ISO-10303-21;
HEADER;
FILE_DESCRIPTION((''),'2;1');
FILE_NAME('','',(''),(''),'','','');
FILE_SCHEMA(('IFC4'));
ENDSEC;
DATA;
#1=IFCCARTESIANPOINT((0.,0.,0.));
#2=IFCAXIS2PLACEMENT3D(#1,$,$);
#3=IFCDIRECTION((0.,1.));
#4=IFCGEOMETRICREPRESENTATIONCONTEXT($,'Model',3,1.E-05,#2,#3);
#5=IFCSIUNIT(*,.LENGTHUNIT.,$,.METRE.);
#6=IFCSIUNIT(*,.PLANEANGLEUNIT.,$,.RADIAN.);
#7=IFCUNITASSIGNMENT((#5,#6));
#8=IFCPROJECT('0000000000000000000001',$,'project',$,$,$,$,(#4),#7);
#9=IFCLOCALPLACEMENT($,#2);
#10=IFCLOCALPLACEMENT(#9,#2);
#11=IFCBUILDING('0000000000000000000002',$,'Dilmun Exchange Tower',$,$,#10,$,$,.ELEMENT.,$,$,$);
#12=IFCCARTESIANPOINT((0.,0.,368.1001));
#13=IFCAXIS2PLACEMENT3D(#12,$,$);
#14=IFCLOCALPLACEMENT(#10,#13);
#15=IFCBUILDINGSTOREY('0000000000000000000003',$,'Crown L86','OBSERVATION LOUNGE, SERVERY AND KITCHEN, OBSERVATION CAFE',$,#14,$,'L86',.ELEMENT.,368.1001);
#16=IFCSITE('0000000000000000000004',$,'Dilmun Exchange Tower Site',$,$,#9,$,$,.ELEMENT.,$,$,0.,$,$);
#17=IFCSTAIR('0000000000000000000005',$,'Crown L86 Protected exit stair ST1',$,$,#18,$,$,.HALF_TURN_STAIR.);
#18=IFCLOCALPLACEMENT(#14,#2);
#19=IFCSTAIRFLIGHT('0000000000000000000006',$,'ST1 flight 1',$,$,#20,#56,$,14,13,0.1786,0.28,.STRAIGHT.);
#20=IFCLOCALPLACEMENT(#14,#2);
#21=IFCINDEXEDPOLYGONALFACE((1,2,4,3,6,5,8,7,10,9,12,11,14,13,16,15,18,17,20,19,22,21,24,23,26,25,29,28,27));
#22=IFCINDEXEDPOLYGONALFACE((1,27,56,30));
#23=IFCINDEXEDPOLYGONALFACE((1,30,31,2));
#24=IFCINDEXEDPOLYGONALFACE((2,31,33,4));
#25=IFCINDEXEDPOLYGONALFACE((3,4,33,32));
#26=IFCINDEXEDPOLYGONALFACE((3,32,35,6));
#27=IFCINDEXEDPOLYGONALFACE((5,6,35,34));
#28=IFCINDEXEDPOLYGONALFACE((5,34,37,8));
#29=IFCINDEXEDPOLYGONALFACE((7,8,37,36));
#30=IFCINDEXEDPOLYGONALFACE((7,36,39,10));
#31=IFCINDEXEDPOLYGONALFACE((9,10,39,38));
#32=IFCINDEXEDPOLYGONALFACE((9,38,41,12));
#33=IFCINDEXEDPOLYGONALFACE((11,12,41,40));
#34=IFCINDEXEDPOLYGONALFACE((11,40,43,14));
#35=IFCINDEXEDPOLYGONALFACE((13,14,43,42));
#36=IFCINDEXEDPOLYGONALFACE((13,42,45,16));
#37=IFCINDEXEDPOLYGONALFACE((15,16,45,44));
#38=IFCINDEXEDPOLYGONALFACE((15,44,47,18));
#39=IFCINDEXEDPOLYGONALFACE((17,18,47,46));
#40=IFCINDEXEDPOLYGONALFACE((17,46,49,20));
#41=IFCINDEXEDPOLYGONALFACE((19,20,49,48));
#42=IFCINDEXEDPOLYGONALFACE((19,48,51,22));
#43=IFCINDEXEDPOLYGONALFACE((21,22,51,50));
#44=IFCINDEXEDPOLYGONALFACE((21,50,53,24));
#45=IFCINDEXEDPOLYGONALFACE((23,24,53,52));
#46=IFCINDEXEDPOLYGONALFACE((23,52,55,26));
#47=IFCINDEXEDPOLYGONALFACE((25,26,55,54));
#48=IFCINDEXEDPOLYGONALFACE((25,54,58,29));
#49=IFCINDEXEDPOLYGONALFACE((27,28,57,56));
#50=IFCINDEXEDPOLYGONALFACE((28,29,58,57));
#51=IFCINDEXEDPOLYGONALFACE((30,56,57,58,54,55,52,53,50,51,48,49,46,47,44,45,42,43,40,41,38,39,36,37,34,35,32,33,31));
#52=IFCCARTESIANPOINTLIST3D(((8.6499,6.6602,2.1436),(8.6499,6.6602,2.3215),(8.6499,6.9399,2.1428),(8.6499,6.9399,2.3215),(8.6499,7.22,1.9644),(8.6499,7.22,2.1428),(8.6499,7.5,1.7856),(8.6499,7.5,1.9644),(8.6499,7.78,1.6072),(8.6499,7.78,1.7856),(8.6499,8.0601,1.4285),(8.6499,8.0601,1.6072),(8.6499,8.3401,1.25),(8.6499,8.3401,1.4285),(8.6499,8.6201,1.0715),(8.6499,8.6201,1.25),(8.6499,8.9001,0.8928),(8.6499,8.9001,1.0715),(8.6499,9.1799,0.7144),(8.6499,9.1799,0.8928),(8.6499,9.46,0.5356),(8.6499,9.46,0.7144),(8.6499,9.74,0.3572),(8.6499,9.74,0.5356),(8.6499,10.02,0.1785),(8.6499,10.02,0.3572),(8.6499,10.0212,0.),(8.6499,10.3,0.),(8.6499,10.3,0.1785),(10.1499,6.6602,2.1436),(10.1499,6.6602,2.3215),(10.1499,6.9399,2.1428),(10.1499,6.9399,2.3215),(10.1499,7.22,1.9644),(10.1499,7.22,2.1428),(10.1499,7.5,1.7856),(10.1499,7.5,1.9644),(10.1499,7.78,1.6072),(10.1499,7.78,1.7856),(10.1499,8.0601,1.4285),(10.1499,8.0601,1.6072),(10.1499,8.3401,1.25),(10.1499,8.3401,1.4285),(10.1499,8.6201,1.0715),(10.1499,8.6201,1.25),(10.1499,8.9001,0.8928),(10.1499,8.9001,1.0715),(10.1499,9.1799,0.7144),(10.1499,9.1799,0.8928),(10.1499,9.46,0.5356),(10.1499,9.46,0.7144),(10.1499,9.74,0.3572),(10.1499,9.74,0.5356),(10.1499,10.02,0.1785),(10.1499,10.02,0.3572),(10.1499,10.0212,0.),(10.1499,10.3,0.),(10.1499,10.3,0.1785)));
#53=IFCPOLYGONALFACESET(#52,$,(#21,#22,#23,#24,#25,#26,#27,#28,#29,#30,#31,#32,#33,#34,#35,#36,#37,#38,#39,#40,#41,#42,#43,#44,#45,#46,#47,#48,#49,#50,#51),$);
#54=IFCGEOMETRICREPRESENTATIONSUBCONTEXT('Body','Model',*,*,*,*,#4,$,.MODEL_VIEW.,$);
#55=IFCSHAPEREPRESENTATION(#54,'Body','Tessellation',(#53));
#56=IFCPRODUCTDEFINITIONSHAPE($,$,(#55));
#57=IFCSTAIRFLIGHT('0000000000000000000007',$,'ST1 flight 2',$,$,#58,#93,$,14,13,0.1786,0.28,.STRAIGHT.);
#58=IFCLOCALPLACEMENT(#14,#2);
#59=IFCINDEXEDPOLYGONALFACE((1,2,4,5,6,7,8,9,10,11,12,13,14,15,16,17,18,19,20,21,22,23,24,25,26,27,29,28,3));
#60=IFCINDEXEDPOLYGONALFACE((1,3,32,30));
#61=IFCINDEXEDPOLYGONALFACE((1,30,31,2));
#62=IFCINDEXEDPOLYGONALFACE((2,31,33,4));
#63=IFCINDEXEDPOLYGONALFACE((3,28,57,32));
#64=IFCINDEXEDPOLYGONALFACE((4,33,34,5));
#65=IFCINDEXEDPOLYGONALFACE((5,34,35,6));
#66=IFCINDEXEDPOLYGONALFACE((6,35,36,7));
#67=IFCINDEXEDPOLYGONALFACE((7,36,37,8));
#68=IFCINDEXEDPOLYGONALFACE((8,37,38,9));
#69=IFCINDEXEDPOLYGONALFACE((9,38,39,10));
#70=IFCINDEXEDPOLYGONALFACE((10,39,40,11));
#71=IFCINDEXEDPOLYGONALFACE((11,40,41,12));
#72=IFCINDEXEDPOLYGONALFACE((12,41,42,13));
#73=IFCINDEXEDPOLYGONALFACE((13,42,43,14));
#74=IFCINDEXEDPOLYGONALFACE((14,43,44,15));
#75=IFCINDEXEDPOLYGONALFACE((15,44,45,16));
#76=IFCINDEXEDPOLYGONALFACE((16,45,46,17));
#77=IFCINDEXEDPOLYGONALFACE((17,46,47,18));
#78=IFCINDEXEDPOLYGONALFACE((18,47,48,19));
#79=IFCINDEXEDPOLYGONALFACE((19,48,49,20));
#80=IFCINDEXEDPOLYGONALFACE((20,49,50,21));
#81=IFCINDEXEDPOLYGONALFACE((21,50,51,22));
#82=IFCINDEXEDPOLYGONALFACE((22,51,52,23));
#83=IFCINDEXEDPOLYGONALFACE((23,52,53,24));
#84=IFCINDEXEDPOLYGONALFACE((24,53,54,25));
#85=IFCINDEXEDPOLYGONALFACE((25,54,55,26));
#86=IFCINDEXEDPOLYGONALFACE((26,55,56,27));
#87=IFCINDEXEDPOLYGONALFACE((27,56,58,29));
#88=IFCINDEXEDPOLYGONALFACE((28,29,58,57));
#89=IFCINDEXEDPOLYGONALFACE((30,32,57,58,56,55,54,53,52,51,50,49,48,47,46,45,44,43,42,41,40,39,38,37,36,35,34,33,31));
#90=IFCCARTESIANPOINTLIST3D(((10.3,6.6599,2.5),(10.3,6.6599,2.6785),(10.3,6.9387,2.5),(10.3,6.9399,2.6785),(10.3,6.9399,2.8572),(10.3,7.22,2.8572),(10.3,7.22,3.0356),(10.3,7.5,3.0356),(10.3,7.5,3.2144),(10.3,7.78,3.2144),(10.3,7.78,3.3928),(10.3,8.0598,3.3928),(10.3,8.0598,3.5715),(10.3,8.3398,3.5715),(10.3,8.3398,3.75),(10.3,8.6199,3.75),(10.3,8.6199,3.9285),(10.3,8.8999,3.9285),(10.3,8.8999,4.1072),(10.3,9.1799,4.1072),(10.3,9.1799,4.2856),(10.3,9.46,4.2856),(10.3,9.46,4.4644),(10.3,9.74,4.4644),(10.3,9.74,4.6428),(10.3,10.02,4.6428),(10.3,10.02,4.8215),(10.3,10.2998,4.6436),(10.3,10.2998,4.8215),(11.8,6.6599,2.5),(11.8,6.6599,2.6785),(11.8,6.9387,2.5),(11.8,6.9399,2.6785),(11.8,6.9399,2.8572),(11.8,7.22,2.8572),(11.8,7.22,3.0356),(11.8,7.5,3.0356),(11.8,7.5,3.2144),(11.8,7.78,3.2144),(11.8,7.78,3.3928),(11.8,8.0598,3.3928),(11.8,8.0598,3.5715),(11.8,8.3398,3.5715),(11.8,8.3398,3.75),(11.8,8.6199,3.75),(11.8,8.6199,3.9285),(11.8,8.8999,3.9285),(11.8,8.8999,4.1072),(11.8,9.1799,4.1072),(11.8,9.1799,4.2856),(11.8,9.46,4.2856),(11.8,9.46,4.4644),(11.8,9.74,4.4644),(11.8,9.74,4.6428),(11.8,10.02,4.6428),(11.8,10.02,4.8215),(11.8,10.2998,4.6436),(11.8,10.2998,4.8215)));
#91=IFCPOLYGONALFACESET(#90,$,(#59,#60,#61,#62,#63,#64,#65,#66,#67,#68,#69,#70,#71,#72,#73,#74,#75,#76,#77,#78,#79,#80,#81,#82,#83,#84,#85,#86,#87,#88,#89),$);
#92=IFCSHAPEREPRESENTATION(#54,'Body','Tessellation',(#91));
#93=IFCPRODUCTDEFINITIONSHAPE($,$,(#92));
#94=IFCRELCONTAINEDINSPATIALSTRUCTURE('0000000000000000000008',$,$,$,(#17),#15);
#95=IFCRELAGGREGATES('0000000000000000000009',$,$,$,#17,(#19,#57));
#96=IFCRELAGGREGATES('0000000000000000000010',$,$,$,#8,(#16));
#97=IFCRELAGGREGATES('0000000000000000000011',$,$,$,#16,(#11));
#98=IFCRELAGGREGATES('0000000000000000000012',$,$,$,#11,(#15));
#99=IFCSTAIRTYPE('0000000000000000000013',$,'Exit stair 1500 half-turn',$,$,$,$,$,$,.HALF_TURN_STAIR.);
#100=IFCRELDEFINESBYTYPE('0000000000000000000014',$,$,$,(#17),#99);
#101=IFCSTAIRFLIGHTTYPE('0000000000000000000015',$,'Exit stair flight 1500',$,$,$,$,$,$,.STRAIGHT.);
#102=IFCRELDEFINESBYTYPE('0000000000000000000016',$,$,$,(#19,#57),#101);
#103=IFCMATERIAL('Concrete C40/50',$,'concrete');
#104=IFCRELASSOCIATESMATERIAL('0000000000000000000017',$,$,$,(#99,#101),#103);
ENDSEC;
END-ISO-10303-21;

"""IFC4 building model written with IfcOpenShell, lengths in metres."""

from ifc_helpers import new_model, si_unit, direction, frame, origin, place, context, subcontext, project, spatial, polyline, outline, extrude, material, type_object, element, aggregate, save


model = new_model("IFC4")

# Units and contexts
model_context = context("Model", 3, precision=1e-05, world=origin(), true_north=direction((0.0, 1.0)))
body_context = subcontext(model_context, "Body", "Model", "MODEL_VIEW")
ifc_project = project(units=[si_unit("LENGTHUNIT", "METRE"), si_unit("PLANEANGLEUNIT", "RADIAN")], contexts=[model_context])

# Site, building, storey
site_placement = place(None, origin())
site = spatial("IfcSite", under=ifc_project, at=site_placement, Name="Dilmun Exchange Tower Site", CompositionType="ELEMENT", RefElevation=0.0)
building_placement = place(site_placement, origin())
building = spatial("IfcBuilding", under=site, at=building_placement, Name="Dilmun Exchange Tower", CompositionType="ELEMENT")
storey_placement = place(building_placement, frame((0.0, 0.0, 368.1001)))
storey = spatial("IfcBuildingStorey", under=building, at=storey_placement, Name="Crown L86", Description="OBSERVATION LOUNGE, SERVERY AND KITCHEN, OBSERVATION CAFE", LongName="L86", CompositionType="ELEMENT", Elevation=368.1001)

# Shared definitions
ifc_material_1 = material(Name="Concrete C40/50", Category="concrete")
stair_type_1 = type_object("IfcStairType", Name="Exit stair 1500 half-turn", PredefinedType="HALF_TURN_STAIR", material=ifc_material_1)

# Stair, stair flights
stair_1_placement = place(storey_placement, origin())
stair_1 = element("IfcStair", 1, at=stair_1_placement, inside=storey, type_object=stair_type_1, Name="Crown L86 Protected exit stair ST1", PredefinedType="HALF_TURN_STAIR")
stair_flight_type = type_object("IfcStairFlightType", Name="Exit stair flight 1500", PredefinedType="STRAIGHT", material=ifc_material_1)
stair_flight_1_placement = place(storey_placement, frame((9.3999, 10.3, 0.0), z_axis=(0.0, 0.0, 1.0), x_axis=(0.0, -1.0, 0.0)))
stair_flight_1 = element("IfcStairFlight", 2, at=stair_flight_1_placement, type_object=stair_flight_type, Name="ST1 flight 1", NumberOfRisers=14, NumberOfTreads=13, PredefinedType="STRAIGHT", RiserHeight=0.1786, TreadLength=0.28, context=body_context, shape_type="SweptSolid", body=[
    extrude(outline(polyline([(0.0, 0.0), (0.0, 0.1785), (0.28, 0.1785), (0.28, 0.3572), (0.5601, 0.3572), (0.5601, 0.5356), (0.8401, 0.5356), (0.8401, 0.7144), (1.1201, 0.7144), (1.1201, 0.8928), (1.3999, 0.8928), (1.3999, 1.0715), (1.6799, 1.0715), (1.6799, 1.25), (1.96, 1.25), (1.96, 1.4285), (2.24, 1.4285), (2.24, 1.6072), (2.52, 1.6072), (2.52, 1.7856), (2.8, 1.7856), (2.8, 1.9644), (3.0801, 1.9644), (3.0801, 2.1428), (3.3601, 2.1428), (3.3601, 2.3215), (3.6399, 2.3215), (3.6399, 2.5), (3.6399, 2.1436), (0.2788, 0.0), (0.0, 0.0)])), frame((0.0, 0.75, 0.0), z_axis=(0.0, -1.0, 0.0), x_axis=(1.0, 0.0, 0.0)), (0.0, 0.0, 1.0), 1.5),
])
stair_flight_2_placement = place(storey_placement, frame((11.05, 6.6599, 2.5), z_axis=(0.0, 0.0, 1.0), x_axis=(0.0, 1.0, 0.0)))
stair_flight_2 = element("IfcStairFlight", 3, at=stair_flight_2_placement, type_object=stair_flight_type, Name="ST1 flight 2", NumberOfRisers=14, NumberOfTreads=13, PredefinedType="STRAIGHT", RiserHeight=0.1786, TreadLength=0.28, context=body_context, shape_type="SweptSolid", body=[
    extrude(outline(polyline([(0.0, 0.0), (0.0, 0.1785), (0.28, 0.1785), (0.28, 0.3572), (0.5601, 0.3572), (0.5601, 0.5356), (0.8401, 0.5356), (0.8401, 0.7144), (1.1201, 0.7144), (1.1201, 0.8928), (1.3999, 0.8928), (1.3999, 1.0715), (1.6799, 1.0715), (1.6799, 1.25), (1.96, 1.25), (1.96, 1.4285), (2.24, 1.4285), (2.24, 1.6072), (2.52, 1.6072), (2.52, 1.7856), (2.8, 1.7856), (2.8, 1.9644), (3.0801, 1.9644), (3.0801, 2.1428), (3.3601, 2.1428), (3.3601, 2.3215), (3.6399, 2.3215), (3.6399, 2.5), (3.6399, 2.1436), (0.2788, 0.0), (0.0, 0.0)])), frame((0.0, 0.75, 0.0), z_axis=(0.0, -1.0, 0.0), x_axis=(1.0, 0.0, 0.0)), (0.0, 0.0, 1.0), 1.5),
])
aggregate(stair_1, [stair_flight_1, stair_flight_2])

save(model, "model.ifc")
